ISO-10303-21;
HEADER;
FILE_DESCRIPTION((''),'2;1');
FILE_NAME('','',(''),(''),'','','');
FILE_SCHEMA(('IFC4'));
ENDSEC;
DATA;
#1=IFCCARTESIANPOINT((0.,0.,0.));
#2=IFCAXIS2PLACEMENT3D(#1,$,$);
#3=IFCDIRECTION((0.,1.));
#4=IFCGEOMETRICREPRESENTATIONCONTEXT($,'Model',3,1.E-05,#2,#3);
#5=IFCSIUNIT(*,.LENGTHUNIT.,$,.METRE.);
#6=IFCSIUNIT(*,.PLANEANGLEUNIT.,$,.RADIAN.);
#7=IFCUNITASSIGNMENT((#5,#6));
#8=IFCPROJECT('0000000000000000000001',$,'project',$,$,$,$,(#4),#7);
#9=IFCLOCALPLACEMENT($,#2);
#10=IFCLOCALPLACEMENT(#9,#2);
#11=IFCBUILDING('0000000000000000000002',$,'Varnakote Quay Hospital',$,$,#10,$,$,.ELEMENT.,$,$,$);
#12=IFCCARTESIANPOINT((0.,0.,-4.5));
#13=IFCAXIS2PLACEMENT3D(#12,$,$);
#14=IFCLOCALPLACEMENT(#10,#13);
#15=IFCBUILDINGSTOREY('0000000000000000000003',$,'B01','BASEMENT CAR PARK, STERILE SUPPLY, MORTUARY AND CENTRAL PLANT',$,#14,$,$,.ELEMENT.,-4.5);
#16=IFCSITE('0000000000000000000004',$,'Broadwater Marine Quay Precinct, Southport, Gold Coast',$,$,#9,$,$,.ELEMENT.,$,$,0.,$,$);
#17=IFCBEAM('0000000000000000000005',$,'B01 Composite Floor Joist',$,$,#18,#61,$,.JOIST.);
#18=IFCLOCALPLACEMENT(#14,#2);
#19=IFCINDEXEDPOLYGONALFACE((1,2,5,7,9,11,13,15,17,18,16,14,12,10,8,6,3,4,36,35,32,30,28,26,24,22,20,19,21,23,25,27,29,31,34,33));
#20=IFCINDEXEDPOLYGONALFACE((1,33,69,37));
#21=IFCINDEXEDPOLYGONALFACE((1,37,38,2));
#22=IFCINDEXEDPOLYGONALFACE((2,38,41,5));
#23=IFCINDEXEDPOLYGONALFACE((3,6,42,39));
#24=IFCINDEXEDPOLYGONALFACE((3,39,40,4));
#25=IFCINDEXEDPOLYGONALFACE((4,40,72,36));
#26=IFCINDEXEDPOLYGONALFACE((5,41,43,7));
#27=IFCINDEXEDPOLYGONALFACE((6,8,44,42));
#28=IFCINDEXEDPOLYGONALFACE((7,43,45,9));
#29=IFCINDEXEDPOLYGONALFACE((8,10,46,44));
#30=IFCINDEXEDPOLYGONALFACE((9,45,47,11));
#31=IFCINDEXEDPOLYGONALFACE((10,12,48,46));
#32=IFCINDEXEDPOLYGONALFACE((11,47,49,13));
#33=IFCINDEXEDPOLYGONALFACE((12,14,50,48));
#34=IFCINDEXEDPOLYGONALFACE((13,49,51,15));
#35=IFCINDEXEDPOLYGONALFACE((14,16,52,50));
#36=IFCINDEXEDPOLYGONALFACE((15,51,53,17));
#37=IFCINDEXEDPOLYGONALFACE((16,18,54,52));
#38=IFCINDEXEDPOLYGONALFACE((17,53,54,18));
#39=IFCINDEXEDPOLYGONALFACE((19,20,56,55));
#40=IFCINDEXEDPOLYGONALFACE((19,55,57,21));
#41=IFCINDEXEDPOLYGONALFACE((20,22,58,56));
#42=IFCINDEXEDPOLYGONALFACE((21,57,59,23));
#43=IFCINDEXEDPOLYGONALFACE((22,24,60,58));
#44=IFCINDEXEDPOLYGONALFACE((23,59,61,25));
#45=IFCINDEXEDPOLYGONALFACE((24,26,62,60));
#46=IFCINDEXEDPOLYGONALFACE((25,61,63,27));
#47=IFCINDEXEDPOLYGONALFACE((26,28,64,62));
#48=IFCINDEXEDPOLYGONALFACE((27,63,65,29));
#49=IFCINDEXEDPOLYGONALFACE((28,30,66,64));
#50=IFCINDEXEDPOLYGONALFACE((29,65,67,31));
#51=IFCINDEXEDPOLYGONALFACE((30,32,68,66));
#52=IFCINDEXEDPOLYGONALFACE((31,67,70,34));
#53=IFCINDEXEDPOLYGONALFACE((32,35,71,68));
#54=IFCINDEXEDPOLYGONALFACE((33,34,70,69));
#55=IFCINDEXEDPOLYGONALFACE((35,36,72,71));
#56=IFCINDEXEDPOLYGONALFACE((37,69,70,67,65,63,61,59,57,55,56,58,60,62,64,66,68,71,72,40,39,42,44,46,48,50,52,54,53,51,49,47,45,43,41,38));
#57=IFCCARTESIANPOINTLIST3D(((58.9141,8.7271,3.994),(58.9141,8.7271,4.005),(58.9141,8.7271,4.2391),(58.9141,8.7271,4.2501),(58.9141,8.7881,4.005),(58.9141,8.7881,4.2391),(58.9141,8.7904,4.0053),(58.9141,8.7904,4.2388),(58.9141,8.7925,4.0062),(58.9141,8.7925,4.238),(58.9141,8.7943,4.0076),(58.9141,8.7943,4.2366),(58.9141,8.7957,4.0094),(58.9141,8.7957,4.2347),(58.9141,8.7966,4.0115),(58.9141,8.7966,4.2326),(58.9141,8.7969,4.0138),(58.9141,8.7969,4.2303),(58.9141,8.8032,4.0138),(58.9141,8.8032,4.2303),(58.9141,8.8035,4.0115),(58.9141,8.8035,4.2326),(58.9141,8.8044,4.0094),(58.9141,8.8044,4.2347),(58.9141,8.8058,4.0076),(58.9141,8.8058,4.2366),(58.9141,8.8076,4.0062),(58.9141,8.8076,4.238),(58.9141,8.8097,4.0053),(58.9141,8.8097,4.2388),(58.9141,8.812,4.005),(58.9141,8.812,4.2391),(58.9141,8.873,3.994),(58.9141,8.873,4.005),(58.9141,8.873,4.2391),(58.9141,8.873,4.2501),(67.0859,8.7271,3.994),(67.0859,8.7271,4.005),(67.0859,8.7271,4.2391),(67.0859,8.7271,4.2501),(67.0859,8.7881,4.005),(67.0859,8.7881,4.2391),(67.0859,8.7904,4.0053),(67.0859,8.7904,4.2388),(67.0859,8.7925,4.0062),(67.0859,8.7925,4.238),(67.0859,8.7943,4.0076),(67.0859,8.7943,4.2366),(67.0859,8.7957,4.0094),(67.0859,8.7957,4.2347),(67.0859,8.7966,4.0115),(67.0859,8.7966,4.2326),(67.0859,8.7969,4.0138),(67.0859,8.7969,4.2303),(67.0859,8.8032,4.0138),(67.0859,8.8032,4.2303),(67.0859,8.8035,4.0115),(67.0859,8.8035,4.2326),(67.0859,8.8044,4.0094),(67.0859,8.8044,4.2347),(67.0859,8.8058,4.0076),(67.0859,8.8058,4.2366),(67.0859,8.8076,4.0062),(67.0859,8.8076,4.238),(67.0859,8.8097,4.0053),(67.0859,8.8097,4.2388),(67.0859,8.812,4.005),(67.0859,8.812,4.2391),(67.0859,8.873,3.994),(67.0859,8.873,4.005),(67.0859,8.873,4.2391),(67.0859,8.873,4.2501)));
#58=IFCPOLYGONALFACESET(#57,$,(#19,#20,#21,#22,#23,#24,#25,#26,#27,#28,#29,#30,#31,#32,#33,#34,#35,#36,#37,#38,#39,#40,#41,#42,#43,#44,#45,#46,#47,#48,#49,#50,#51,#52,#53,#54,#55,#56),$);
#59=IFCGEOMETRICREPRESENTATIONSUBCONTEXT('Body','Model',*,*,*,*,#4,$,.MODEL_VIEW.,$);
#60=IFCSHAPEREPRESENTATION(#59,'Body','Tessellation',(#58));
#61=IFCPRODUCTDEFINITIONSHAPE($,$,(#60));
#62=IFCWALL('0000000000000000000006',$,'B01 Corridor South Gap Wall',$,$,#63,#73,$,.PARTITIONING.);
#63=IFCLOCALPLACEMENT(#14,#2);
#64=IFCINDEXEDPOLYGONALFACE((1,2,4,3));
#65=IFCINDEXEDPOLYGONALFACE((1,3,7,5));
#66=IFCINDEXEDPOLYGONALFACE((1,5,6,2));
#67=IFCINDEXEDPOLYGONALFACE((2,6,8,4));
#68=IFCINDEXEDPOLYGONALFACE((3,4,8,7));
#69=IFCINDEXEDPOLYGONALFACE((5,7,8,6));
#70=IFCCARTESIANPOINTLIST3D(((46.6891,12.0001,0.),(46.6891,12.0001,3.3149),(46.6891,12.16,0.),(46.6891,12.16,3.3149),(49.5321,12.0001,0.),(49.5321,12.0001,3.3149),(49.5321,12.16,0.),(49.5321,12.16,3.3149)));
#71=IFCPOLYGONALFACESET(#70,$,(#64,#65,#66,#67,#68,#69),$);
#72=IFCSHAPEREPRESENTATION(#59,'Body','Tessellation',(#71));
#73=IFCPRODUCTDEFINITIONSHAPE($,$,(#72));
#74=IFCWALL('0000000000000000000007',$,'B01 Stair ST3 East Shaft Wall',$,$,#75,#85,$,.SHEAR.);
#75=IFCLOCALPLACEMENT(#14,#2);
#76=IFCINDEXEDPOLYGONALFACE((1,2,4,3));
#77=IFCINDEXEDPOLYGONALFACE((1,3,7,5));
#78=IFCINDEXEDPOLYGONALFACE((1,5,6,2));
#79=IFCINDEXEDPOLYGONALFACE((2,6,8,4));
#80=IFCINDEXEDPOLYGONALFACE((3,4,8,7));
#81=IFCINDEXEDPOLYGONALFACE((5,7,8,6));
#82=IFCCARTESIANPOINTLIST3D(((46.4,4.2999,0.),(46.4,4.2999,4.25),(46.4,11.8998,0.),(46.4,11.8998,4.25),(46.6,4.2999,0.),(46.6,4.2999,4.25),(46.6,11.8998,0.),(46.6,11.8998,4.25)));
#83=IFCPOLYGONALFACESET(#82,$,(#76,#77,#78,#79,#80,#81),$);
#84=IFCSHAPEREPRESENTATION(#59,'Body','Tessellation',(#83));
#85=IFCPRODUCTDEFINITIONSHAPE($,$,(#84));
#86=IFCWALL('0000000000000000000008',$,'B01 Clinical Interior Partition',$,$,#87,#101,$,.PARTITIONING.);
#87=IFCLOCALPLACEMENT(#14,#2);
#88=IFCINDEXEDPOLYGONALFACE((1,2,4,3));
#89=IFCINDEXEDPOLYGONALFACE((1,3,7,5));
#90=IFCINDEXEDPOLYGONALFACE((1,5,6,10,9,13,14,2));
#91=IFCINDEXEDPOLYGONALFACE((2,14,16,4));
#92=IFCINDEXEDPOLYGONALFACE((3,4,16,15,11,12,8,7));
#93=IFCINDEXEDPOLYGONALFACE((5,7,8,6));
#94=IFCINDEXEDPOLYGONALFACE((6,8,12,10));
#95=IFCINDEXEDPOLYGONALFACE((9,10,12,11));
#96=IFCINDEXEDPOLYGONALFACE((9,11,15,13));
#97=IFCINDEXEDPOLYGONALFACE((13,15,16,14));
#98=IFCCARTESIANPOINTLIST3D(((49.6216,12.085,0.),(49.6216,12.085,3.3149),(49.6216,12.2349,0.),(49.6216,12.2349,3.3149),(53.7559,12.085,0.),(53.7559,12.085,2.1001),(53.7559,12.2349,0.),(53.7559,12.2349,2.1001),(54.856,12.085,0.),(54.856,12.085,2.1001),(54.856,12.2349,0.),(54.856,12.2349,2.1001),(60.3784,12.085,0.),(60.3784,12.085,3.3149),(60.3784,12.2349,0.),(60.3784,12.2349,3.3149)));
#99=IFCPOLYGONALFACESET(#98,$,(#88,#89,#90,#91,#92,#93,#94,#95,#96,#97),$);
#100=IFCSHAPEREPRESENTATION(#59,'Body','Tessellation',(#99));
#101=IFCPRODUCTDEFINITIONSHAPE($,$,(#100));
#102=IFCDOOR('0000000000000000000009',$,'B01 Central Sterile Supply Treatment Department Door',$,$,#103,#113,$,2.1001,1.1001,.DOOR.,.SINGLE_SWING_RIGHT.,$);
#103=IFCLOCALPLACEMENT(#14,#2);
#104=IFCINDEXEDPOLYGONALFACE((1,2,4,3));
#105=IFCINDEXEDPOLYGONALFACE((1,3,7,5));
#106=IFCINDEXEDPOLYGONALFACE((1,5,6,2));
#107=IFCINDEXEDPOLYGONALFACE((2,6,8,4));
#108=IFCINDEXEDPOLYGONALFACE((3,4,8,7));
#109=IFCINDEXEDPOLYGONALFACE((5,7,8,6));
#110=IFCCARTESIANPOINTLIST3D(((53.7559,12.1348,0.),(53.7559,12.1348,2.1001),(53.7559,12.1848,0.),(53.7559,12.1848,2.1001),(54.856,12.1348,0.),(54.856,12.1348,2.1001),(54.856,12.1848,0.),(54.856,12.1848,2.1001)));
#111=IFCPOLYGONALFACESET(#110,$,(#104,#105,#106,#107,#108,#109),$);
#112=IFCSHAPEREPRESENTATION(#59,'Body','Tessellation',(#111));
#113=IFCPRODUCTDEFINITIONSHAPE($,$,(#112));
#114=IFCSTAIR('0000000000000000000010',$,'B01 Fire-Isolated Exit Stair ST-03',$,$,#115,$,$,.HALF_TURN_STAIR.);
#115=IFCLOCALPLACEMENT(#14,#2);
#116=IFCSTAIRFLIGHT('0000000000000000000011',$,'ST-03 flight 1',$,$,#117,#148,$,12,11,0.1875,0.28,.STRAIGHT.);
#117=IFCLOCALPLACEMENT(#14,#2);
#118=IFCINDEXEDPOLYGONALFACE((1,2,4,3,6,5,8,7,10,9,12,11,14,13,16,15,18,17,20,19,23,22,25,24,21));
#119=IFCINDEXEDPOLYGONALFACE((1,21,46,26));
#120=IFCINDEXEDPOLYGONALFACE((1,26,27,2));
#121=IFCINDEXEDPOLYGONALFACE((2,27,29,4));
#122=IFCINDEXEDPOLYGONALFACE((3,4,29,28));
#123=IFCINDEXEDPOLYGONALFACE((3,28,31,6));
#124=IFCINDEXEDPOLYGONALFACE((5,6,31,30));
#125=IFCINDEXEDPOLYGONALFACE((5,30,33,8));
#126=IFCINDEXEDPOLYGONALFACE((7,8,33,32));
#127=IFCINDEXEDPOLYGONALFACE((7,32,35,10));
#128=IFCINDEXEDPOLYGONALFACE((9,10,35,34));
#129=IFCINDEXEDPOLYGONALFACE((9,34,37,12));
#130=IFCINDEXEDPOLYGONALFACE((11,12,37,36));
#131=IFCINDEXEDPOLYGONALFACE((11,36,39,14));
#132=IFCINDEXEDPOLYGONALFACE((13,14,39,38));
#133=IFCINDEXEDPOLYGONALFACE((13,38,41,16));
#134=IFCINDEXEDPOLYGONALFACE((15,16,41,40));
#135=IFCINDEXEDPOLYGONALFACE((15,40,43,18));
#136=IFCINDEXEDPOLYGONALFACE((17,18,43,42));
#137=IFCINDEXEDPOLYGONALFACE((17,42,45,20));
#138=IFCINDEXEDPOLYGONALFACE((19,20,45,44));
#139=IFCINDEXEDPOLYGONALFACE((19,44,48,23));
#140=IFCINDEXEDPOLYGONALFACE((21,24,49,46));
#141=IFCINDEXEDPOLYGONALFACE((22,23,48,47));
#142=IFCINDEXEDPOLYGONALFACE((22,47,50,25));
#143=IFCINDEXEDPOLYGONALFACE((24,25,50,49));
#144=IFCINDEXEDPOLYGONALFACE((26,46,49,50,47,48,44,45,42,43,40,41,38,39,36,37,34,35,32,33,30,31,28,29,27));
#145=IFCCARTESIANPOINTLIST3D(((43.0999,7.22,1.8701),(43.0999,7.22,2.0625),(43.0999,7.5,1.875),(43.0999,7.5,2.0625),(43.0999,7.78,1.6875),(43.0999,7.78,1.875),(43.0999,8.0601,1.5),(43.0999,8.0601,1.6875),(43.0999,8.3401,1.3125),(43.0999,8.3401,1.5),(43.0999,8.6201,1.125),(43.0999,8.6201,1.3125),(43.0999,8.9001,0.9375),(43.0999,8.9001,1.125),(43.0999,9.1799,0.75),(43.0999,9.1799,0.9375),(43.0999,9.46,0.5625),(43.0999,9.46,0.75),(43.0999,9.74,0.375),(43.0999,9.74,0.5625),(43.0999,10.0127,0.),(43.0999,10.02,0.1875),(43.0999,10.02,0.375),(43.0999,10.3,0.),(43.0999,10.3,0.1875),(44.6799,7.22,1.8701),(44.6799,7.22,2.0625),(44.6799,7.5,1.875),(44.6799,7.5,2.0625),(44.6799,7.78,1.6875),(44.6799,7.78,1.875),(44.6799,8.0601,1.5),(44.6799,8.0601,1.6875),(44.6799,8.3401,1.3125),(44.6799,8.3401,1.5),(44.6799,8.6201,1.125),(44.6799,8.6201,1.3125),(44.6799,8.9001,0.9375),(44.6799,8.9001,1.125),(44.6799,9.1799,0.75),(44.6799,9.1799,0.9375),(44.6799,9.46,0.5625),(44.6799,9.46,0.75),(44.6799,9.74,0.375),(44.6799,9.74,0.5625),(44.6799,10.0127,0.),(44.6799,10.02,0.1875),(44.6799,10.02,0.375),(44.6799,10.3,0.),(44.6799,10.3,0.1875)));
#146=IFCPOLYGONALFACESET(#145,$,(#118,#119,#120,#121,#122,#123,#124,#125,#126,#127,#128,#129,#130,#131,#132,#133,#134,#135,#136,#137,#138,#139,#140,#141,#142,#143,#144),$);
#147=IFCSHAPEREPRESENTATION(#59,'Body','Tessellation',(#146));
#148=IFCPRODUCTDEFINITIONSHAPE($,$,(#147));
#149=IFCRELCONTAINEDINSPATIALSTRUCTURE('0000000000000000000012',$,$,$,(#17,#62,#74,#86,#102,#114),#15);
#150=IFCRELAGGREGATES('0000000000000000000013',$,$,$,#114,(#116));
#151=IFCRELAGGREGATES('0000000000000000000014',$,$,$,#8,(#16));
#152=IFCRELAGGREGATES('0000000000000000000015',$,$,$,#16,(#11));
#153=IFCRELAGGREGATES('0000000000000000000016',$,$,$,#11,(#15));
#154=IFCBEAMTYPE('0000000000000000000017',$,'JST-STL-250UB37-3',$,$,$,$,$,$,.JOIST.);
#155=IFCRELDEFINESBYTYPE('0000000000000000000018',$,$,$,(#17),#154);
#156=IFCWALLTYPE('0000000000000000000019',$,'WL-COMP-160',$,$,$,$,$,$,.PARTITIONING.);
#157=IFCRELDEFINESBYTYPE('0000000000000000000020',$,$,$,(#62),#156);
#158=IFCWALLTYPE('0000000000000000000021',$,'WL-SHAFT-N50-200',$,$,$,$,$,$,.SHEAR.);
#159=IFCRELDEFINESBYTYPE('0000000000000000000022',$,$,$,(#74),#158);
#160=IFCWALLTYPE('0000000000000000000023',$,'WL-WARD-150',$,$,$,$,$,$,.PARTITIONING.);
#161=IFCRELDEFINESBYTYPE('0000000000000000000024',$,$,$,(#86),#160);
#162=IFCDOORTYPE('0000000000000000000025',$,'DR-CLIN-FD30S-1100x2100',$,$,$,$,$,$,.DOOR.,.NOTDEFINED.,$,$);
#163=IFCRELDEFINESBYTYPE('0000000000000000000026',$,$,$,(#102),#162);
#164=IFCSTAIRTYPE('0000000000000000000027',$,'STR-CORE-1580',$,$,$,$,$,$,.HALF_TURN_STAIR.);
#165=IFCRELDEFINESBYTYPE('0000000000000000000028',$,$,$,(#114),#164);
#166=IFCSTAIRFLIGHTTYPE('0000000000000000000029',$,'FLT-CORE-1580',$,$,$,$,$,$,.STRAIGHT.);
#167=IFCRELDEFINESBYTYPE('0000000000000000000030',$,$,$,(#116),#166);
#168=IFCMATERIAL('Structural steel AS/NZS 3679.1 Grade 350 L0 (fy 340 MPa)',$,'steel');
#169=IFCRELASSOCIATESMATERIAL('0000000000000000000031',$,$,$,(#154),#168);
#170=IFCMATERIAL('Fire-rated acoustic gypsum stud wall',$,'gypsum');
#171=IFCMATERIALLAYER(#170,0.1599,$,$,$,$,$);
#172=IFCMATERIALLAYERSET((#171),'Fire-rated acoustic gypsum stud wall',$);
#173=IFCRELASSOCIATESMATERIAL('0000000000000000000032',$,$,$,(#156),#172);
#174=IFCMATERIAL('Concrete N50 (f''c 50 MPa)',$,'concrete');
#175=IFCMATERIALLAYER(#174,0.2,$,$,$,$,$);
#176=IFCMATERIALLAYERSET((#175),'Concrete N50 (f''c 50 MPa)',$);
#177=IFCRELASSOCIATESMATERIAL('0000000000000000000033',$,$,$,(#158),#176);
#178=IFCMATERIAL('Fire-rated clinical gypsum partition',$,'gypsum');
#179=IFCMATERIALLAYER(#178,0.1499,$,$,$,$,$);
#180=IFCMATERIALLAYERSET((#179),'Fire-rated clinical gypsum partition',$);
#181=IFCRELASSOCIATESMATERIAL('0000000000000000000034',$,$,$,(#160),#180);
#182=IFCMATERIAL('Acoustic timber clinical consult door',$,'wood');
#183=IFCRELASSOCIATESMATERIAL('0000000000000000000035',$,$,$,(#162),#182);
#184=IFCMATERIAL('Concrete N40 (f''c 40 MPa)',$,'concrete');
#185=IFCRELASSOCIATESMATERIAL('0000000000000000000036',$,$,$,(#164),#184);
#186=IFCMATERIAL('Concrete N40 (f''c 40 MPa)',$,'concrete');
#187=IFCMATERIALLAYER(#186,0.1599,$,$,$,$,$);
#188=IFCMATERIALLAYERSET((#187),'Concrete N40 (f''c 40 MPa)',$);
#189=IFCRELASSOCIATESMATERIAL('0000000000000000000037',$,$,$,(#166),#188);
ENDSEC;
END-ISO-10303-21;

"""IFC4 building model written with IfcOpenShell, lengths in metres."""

from ifc_helpers import new_model, si_unit, direction, frame, frame_2d, origin, origin_2d, place, context, subcontext, project, spatial, polyline, rectangle, i_section, outline, extrude, material, layer, layer_set, material_profile, profile_set, type_object, element, fill, aggregate, save


model = new_model("IFC4")

# Units and contexts
model_context = context("Model", 3, precision=1e-05, world=origin(), true_north=direction((0.0, 1.0)))
body_context = subcontext(model_context, "Body", "Model", "MODEL_VIEW")
ifc_project = project(units=[si_unit("LENGTHUNIT", "METRE"), si_unit("PLANEANGLEUNIT", "RADIAN")], contexts=[model_context])

# Site, building, storey
site_placement = place(None, origin())
site = spatial("IfcSite", under=ifc_project, at=site_placement, Name="Broadwater Marine Quay Precinct, Southport, Gold Coast", CompositionType="ELEMENT", RefElevation=0.0)
building_placement = place(site_placement, origin())
building = spatial("IfcBuilding", under=site, at=building_placement, Name="Varnakote Quay Hospital", CompositionType="ELEMENT")
storey_placement = place(building_placement, frame((0.0, 0.0, -4.5)))
storey = spatial("IfcBuildingStorey", under=building, at=storey_placement, Name="B01", Description="BASEMENT CAR PARK, STERILE SUPPLY, MORTUARY AND CENTRAL PLANT", CompositionType="ELEMENT", Elevation=-4.5)

# Beam
ifc_material_1 = material(Name="Structural steel AS/NZS 3679.1 Grade 350 L0 (fy 340 MPa)", Category="steel")
ifc_material_profile_1 = material_profile(ifc_material_1, i_section(OverallWidth=0.146, OverallDepth=0.2561, WebThickness=0.0063, FlangeThickness=0.011, FilletRadius=0.0088, at=origin_2d()), Name="250UB37.3")
ifc_profile_set_1 = profile_set([ifc_material_profile_1], Name="Structural steel AS/NZS 3679.1 Grade 350 L0 (fy 340 MPa)")
beam_type_1 = type_object("IfcBeamType", Name="JST-STL-250UB37-3", PredefinedType="JOIST", material=ifc_profile_set_1)
beam_1_placement = place(storey_placement, frame((58.9141, 8.8, 4.1221), z_axis=(1.0, 0.0, 0.0), x_axis=(0.0, 1.0, 0.0)))
element("IfcBeam", 1, at=beam_1_placement, inside=storey, type_object=beam_type_1, Name="B01 Composite Floor Joist", PredefinedType="JOIST", context=body_context, shape_type="SweptSolid", body=[
    extrude(i_section(OverallWidth=0.146, OverallDepth=0.2561, WebThickness=0.0063, FlangeThickness=0.011, FilletRadius=0.0088, at=origin_2d()), origin(), (0.0, 0.0, 1.0), 8.1719),
])

# Walls
ifc_material_2 = material(Name="Fire-rated acoustic gypsum stud wall", Category="gypsum")
ifc_layer_1 = layer(ifc_material_2, 0.1599)
ifc_layer_set_1 = layer_set([ifc_layer_1], Name="Fire-rated acoustic gypsum stud wall")
wall_type_1 = type_object("IfcWallType", Name="WL-COMP-160", PredefinedType="PARTITIONING", material=ifc_layer_set_1)
wall_1_placement = place(storey_placement, frame((46.6892, 12.0801, 0.0), z_axis=(0.0, 0.0, 1.0), x_axis=(1.0, 0.0, 0.0)))
element("IfcWall", 2, at=wall_1_placement, inside=storey, type_object=wall_type_1, Name="B01 Corridor South Gap Wall", PredefinedType="PARTITIONING", context=body_context, shape_type="SweptSolid", body=[
    extrude(rectangle(XDim=2.843, YDim=0.1599, at=frame_2d((1.4214, 0.0))), origin(), (0.0, 0.0, 1.0), 3.3149),
])
ifc_material_3 = material(Name="Concrete N50 (f'c 50 MPa)", Category="concrete")
ifc_layer_2 = layer(ifc_material_3, 0.2)
ifc_layer_set_2 = layer_set([ifc_layer_2], Name="Concrete N50 (f'c 50 MPa)")
wall_type_2 = type_object("IfcWallType", Name="WL-SHAFT-N50-200", PredefinedType="SHEAR", material=ifc_layer_set_2)
wall_2_placement = place(storey_placement, frame((46.5, 4.3, 0.0), z_axis=(0.0, 0.0, 1.0), x_axis=(0.0, 1.0, 0.0)))
element("IfcWall", 3, at=wall_2_placement, inside=storey, type_object=wall_type_2, Name="B01 Stair ST3 East Shaft Wall", PredefinedType="SHEAR", context=body_context, shape_type="SweptSolid", body=[
    extrude(rectangle(XDim=7.5999, YDim=0.2, at=frame_2d((3.7998, 0.0))), origin(), (0.0, 0.0, 1.0), 4.25),
])

# Wall, opening, door
ifc_material_4 = material(Name="Fire-rated clinical gypsum partition", Category="gypsum")
ifc_layer_3 = layer(ifc_material_4, 0.1499)
ifc_layer_set_3 = layer_set([ifc_layer_3], Name="Fire-rated clinical gypsum partition")
wall_type_3 = type_object("IfcWallType", Name="WL-WARD-150", PredefinedType="PARTITIONING", material=ifc_layer_set_3)
wall_3_placement = place(storey_placement, frame((49.6216, 12.1599, 0.0), z_axis=(0.0, 0.0, 1.0), x_axis=(1.0, 0.0, 0.0)))
wall_3 = element("IfcWall", 4, at=wall_3_placement, inside=storey, type_object=wall_type_3, Name="B01 Clinical Interior Partition", PredefinedType="PARTITIONING", context=body_context, shape_type="SweptSolid", body=[
    extrude(rectangle(XDim=10.7568, YDim=0.1499, at=frame_2d((5.3784, 0.0))), origin(), (0.0, 0.0, 1.0), 3.3149),
])
opening_placement = place(wall_3_placement, frame((4.1343, 0.0, 0.0)))
opening = element("IfcOpeningElement", 5, at=opening_placement, cuts=wall_3, PredefinedType="OPENING", context=body_context, shape_type="SweptSolid", body=[
    extrude(rectangle(XDim=1.1001, YDim=2.1001, at=frame_2d((0.55, 1.05))), frame((0.0, 0.085, 0.0), z_axis=(0.0, -1.0, 0.0), x_axis=(1.0, 0.0, 0.0)), (0.0, 0.0, 1.0), 0.1699),
])
ifc_material_5 = material(Name="Acoustic timber clinical consult door", Category="wood")
door_type = type_object("IfcDoorType", Name="DR-CLIN-FD30S-1100x2100", OperationType="NOTDEFINED", PredefinedType="DOOR", material=ifc_material_5)
door_placement = place(opening_placement, origin())
door = element("IfcDoor", 6, at=door_placement, inside=storey, type_object=door_type, Name="B01 Central Sterile Supply Treatment Department Door", OperationType="SINGLE_SWING_RIGHT", OverallHeight=2.1001, OverallWidth=1.1001, PredefinedType="DOOR", context=body_context, shape_type="SweptSolid", body=[
    extrude(rectangle(XDim=1.1001, YDim=2.1001, at=frame_2d((0.55, 1.05))), frame((0.0, 0.0249, 0.0), z_axis=(0.0, -1.0, 0.0), x_axis=(1.0, 0.0, 0.0)), (0.0, 0.0, 1.0), 0.05),
])
fill(opening, door)

# Stair, stair flight
ifc_material_6 = material(Name="Concrete N40 (f'c 40 MPa)", Category="concrete")
stair_type = type_object("IfcStairType", Name="STR-CORE-1580", PredefinedType="HALF_TURN_STAIR", material=ifc_material_6)
stair_placement = place(storey_placement, origin())
stair = element("IfcStair", 7, at=stair_placement, inside=storey, type_object=stair_type, Name="B01 Fire-Isolated Exit Stair ST-03", PredefinedType="HALF_TURN_STAIR")
ifc_material_7 = material(Name="Concrete N40 (f'c 40 MPa)", Category="concrete")
ifc_layer_4 = layer(ifc_material_7, 0.1599)
ifc_layer_set_4 = layer_set([ifc_layer_4], Name="Concrete N40 (f'c 40 MPa)")
stair_flight_type = type_object("IfcStairFlightType", Name="FLT-CORE-1580", PredefinedType="STRAIGHT", material=ifc_layer_set_4)
stair_flight_1_placement = place(storey_placement, frame((43.8899, 10.3, 0.0), z_axis=(0.0, 0.0, 1.0), x_axis=(0.0, -1.0, 0.0)))
stair_flight_1 = element("IfcStairFlight", 8, at=stair_flight_1_placement, type_object=stair_flight_type, Name="ST-03 flight 1", NumberOfRisers=12, NumberOfTreads=11, PredefinedType="STRAIGHT", RiserHeight=0.1875, TreadLength=0.28, context=body_context, shape_type="SweptSolid", body=[
    extrude(outline(polyline([(0.0, 0.0), (0.0, 0.1875), (0.28, 0.1875), (0.28, 0.375), (0.5601, 0.375), (0.5601, 0.5625), (0.8401, 0.5625), (0.8401, 0.75), (1.1201, 0.75), (1.1201, 0.9375), (1.3999, 0.9375), (1.3999, 1.125), (1.6799, 1.125), (1.6799, 1.3125), (1.96, 1.3125), (1.96, 1.5), (2.24, 1.5), (2.24, 1.6875), (2.52, 1.6875), (2.52, 1.875), (2.8, 1.875), (2.8, 2.0625), (3.0801, 2.0625), (3.0801, 2.25), (3.0801, 1.8701), (0.2874, 0.0), (0.0, 0.0)])), frame((0.0, 0.79, 0.0), z_axis=(0.0, -1.0, 0.0), x_axis=(1.0, 0.0, 0.0)), (0.0, 0.0, 1.0), 1.5801),
])
aggregate(stair, [stair_flight_1])

save(model, "model.ifc")
